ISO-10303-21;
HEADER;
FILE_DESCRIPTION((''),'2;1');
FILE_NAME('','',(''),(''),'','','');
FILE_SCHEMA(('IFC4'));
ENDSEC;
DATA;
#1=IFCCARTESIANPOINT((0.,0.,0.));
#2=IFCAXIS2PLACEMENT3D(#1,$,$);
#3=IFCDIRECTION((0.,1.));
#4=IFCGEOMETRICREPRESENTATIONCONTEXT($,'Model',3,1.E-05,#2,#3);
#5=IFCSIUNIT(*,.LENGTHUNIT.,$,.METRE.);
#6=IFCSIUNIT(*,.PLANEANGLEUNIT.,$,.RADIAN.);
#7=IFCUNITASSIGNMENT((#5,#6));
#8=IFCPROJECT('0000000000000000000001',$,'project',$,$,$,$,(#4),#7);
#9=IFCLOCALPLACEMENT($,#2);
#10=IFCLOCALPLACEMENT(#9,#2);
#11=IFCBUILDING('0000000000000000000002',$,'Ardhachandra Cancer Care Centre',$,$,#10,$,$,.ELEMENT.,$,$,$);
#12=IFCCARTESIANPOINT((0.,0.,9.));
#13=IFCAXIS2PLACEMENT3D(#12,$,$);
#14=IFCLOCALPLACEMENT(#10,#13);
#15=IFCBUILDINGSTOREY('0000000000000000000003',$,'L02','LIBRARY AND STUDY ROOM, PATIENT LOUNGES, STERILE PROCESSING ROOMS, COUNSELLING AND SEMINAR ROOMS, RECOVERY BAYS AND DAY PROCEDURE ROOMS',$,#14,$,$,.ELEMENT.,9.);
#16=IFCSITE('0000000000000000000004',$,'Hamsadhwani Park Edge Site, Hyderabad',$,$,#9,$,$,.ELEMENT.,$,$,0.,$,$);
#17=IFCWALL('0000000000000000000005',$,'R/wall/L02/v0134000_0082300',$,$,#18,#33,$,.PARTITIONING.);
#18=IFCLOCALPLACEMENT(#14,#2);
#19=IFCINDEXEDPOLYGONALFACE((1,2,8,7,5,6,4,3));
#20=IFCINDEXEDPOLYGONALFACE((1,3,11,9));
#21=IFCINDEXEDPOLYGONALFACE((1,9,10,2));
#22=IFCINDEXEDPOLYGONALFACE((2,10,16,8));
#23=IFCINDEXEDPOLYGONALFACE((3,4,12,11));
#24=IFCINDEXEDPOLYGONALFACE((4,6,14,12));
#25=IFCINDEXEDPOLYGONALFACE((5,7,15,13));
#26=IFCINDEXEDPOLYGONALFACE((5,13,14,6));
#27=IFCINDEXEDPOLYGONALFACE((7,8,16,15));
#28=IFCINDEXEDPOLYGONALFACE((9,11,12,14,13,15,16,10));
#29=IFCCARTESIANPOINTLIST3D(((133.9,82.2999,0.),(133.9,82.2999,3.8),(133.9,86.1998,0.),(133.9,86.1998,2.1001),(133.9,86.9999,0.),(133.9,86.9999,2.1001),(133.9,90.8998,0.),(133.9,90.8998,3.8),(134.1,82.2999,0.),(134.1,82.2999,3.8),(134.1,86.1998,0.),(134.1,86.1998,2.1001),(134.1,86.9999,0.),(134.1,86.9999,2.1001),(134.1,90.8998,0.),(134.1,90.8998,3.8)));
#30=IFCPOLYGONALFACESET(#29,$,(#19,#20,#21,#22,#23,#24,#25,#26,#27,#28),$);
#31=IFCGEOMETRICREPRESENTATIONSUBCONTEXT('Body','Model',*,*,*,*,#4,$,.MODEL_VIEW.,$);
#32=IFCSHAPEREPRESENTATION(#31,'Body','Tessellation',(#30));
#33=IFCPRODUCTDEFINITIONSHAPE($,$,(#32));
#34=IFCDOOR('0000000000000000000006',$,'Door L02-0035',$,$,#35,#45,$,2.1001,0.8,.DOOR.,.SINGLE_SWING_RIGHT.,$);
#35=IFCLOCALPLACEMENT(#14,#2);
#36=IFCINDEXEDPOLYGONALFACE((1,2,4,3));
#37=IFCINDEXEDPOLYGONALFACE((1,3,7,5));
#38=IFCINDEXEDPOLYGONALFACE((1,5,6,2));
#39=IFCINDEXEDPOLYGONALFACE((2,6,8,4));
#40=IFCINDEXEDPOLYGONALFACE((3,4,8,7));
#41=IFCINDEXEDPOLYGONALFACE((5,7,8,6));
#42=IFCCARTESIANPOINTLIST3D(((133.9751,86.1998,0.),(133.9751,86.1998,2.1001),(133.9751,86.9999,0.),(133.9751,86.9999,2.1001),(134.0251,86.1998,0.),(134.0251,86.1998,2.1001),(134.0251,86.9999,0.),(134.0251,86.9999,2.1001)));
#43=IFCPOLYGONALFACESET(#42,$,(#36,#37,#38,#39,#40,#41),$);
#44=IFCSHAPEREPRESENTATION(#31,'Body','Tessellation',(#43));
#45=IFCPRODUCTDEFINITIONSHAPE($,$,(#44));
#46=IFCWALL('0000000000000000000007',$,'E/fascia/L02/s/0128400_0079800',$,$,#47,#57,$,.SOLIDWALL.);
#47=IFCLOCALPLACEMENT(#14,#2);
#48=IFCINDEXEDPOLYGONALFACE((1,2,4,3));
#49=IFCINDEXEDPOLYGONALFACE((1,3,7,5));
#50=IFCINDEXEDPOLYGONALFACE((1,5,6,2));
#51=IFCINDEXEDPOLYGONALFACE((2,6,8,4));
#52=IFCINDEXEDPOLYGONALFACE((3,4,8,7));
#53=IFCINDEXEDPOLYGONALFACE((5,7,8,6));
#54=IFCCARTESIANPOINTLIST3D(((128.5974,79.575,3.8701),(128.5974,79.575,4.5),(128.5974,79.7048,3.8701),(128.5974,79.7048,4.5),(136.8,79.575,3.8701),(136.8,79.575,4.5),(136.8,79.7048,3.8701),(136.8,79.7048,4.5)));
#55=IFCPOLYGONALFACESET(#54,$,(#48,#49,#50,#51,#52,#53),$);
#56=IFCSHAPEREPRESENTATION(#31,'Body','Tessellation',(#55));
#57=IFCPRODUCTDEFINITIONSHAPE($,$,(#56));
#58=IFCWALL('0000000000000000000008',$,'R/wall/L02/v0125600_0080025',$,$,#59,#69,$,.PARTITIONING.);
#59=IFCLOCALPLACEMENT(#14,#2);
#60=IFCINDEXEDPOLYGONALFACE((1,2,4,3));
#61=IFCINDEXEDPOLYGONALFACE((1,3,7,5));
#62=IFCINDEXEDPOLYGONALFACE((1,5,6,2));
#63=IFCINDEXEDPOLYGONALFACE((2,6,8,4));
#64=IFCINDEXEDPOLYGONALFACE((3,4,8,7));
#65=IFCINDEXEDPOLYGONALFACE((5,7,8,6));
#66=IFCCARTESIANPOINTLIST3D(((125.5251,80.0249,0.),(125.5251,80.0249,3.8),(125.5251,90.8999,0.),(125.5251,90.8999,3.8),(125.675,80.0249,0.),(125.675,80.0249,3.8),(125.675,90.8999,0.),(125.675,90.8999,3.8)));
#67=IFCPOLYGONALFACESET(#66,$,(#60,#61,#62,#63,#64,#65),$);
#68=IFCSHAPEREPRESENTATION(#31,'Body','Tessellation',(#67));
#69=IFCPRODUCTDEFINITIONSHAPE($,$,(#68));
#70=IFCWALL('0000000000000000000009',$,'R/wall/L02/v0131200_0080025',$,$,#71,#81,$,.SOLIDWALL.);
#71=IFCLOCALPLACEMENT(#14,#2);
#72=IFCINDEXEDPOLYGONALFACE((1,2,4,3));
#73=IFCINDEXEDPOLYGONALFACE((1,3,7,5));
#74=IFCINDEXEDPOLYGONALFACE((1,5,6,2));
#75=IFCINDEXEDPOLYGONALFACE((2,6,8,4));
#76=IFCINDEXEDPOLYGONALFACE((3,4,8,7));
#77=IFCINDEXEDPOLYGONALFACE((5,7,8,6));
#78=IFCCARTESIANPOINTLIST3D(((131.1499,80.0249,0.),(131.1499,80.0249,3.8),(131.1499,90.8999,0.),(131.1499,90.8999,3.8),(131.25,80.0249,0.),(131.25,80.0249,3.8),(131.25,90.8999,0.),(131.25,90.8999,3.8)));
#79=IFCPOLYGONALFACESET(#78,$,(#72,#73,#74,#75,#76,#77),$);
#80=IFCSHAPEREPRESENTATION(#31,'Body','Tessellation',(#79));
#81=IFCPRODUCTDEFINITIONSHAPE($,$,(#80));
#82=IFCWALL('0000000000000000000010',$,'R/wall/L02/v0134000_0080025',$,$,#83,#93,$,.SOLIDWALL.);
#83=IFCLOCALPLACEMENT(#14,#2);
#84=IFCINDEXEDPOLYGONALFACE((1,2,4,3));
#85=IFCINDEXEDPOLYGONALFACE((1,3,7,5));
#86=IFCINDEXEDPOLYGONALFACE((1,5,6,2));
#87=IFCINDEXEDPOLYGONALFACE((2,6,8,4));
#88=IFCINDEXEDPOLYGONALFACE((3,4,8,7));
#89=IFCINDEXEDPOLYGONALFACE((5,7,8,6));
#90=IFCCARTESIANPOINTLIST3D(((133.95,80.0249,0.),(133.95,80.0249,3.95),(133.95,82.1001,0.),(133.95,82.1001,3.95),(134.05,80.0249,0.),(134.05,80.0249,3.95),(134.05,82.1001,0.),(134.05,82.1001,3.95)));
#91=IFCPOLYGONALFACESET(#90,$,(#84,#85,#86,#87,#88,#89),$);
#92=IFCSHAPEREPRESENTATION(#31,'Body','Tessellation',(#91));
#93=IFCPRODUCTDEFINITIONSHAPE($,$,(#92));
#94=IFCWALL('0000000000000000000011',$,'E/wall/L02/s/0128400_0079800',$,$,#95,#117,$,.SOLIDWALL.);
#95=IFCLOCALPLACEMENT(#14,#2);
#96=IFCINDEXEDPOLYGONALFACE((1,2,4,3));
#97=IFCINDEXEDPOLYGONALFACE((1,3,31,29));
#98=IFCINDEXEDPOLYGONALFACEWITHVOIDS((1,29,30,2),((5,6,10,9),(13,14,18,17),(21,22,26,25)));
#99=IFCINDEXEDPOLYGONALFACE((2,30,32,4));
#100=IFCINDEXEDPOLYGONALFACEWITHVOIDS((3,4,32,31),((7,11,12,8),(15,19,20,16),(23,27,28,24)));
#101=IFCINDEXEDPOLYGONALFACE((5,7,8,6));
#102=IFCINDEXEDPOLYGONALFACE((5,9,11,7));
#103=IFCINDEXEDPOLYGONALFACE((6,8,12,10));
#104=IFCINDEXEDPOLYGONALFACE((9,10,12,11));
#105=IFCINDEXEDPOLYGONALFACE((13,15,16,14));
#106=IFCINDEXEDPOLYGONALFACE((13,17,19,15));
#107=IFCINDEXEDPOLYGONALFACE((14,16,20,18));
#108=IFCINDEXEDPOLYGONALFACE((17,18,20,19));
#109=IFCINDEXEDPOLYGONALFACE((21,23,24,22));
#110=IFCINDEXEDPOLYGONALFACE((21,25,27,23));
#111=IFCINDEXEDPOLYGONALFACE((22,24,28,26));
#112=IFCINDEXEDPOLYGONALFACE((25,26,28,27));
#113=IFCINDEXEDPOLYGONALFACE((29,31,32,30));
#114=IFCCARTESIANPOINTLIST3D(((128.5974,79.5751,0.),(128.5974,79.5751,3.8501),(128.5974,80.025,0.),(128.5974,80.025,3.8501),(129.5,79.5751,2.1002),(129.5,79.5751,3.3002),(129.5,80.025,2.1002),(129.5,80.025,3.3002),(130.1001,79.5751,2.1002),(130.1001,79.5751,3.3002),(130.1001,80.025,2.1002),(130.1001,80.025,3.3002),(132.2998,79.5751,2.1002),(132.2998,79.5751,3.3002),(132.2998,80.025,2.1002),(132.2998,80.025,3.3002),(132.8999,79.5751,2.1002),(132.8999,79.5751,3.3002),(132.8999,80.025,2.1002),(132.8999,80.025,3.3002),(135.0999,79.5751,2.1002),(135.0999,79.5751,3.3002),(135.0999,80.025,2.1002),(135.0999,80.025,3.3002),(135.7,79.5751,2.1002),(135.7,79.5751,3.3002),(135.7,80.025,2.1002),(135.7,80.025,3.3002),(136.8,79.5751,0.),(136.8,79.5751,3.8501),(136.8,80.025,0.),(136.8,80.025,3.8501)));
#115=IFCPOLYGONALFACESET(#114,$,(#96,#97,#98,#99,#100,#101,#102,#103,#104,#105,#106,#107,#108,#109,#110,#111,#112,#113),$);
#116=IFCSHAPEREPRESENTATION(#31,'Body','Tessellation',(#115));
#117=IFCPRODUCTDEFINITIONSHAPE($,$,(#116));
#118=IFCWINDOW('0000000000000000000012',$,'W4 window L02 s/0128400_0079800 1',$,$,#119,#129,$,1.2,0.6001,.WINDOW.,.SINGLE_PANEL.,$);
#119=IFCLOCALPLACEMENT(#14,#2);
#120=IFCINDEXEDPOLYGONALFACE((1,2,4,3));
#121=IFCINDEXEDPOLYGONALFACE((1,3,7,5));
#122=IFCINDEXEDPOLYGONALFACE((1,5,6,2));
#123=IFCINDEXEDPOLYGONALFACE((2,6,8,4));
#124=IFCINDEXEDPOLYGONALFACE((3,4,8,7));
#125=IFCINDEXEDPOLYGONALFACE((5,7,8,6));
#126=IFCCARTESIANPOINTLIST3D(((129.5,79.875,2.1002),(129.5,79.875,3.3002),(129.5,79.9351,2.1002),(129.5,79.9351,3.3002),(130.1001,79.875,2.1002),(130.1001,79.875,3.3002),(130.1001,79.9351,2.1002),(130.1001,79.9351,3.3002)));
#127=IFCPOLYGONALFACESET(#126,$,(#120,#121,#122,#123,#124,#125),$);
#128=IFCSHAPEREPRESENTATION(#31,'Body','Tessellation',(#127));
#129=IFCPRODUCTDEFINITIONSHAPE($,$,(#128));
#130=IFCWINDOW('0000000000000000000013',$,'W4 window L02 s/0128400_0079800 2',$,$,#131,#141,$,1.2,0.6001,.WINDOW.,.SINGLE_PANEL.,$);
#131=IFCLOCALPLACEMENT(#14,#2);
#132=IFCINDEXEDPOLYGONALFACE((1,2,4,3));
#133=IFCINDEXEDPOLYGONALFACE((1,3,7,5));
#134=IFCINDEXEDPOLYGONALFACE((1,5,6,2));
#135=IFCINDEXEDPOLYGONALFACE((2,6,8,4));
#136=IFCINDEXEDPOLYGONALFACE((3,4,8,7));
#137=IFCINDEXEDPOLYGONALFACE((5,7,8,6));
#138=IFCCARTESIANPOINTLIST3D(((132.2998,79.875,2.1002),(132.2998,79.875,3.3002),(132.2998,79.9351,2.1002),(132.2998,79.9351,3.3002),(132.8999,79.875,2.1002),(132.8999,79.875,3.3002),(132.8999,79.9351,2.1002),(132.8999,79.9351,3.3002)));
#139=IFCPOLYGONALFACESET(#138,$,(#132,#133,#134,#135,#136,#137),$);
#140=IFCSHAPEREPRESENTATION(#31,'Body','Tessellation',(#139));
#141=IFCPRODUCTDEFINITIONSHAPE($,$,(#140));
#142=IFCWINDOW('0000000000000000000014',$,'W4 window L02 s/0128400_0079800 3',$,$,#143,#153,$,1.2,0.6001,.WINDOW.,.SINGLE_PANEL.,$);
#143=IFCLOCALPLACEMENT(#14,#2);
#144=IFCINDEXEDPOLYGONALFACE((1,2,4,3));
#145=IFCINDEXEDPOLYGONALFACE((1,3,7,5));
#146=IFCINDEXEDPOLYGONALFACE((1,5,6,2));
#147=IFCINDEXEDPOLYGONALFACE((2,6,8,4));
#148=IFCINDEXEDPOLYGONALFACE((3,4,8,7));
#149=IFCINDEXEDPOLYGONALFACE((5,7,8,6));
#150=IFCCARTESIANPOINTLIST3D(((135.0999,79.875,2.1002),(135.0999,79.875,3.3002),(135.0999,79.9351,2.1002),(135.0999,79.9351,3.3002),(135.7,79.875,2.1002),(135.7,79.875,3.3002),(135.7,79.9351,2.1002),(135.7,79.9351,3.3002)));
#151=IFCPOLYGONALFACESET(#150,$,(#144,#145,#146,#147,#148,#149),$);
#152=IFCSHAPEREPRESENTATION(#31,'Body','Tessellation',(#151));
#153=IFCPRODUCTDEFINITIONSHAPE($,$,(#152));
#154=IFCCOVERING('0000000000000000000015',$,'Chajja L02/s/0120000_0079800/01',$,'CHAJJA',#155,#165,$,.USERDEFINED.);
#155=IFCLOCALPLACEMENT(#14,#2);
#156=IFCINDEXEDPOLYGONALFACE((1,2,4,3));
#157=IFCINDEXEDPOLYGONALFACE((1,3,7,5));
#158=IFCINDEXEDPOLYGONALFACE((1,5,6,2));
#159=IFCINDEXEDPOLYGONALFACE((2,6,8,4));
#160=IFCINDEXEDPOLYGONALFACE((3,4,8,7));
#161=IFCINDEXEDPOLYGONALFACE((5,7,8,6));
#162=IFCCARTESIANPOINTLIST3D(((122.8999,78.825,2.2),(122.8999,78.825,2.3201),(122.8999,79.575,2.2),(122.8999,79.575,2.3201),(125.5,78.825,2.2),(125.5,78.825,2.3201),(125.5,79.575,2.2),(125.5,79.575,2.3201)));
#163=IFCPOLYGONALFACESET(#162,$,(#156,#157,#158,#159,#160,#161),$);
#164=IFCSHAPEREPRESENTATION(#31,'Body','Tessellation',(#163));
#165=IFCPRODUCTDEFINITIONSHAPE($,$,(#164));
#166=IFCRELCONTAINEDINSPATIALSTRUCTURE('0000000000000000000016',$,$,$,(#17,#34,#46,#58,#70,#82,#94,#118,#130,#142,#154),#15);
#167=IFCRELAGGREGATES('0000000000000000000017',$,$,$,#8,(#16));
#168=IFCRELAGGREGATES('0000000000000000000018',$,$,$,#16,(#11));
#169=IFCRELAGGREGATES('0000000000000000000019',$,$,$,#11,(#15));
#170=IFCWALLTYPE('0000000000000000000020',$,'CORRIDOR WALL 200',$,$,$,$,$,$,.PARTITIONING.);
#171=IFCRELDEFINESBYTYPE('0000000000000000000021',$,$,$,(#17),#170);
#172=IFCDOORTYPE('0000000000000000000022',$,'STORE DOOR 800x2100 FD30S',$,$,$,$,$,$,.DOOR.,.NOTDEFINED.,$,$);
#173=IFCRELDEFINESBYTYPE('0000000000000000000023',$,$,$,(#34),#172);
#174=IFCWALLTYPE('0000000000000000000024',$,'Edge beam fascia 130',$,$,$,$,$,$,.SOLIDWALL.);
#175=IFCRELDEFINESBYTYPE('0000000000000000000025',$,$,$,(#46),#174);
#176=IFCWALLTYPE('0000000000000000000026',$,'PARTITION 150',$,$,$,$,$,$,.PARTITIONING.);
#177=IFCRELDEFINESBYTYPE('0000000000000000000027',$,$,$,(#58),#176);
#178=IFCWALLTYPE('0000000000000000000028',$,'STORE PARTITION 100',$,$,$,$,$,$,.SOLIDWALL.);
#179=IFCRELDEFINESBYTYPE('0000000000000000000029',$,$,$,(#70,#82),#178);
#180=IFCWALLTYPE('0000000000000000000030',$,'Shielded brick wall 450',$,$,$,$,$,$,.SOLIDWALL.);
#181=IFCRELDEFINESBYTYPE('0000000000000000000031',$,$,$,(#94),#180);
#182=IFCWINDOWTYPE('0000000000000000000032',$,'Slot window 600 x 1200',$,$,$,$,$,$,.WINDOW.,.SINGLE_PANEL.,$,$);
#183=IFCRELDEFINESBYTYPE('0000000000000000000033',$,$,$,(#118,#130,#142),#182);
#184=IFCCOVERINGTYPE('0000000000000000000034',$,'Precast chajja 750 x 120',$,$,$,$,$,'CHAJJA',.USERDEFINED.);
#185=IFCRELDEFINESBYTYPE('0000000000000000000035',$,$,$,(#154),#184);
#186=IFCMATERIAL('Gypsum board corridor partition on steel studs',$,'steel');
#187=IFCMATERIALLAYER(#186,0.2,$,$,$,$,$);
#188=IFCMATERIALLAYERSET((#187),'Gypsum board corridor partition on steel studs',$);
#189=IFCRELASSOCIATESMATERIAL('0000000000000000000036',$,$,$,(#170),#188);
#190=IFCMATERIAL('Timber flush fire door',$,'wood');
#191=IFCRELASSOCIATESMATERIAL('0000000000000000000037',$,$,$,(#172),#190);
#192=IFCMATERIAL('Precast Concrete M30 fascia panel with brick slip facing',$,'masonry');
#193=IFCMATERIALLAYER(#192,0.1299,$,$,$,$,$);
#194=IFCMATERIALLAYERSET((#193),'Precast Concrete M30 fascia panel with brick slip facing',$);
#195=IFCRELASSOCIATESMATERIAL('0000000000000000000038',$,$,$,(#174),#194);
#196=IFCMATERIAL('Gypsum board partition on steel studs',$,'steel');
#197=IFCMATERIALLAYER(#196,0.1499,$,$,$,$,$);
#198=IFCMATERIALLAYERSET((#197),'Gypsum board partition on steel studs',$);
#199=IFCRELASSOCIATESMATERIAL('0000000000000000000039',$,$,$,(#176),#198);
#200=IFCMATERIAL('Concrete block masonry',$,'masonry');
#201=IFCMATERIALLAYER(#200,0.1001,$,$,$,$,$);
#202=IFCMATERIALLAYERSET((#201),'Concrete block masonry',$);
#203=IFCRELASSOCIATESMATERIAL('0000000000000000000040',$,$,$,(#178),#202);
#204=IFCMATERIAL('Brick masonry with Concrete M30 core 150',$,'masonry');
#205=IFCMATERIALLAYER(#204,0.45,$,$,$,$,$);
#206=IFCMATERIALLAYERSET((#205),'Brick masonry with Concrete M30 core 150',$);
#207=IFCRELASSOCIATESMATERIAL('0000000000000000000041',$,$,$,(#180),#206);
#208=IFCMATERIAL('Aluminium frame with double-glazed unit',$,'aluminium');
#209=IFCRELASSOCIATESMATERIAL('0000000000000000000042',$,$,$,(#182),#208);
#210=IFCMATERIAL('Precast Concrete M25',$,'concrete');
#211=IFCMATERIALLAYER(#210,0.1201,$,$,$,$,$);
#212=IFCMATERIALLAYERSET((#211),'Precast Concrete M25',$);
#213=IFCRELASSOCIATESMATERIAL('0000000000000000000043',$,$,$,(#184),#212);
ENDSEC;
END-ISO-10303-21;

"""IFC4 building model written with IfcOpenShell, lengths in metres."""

from ifc_helpers import new_model, si_unit, direction, frame, frame_2d, origin, origin_2d, place, context, subcontext, project, spatial, rectangle, extrude, material, layer, layer_set, type_object, element, fill, save


model = new_model("IFC4")

# Units and contexts
model_context = context("Model", 3, precision=1e-05, world=origin(), true_north=direction((0.0, 1.0)))
body_context = subcontext(model_context, "Body", "Model", "MODEL_VIEW")
ifc_project = project(units=[si_unit("LENGTHUNIT", "METRE"), si_unit("PLANEANGLEUNIT", "RADIAN")], contexts=[model_context])

# Site, building, storey
site_placement = place(None, origin())
site = spatial("IfcSite", under=ifc_project, at=site_placement, Name="Hamsadhwani Park Edge Site, Hyderabad", CompositionType="ELEMENT", RefElevation=0.0)
building_placement = place(site_placement, origin())
building = spatial("IfcBuilding", under=site, at=building_placement, Name="Ardhachandra Cancer Care Centre", CompositionType="ELEMENT")
storey_placement = place(building_placement, frame((0.0, 0.0, 9.0)))
storey = spatial("IfcBuildingStorey", under=building, at=storey_placement, Name="L02", Description="LIBRARY AND STUDY ROOM, PATIENT LOUNGES, STERILE PROCESSING ROOMS, COUNSELLING AND SEMINAR ROOMS, RECOVERY BAYS AND DAY PROCEDURE ROOMS", CompositionType="ELEMENT", Elevation=9.0)

# Wall, opening, door
ifc_material_1 = material(Name="Gypsum board corridor partition on steel studs", Category="steel")
ifc_layer_1 = layer(ifc_material_1, 0.2)
ifc_layer_set_1 = layer_set([ifc_layer_1], Name="Gypsum board corridor partition on steel studs")
wall_type_1 = type_object("IfcWallType", Name="CORRIDOR WALL 200", PredefinedType="PARTITIONING", material=ifc_layer_set_1)
ifc_material_2 = material(Name="Timber flush fire door", Category="wood")
door_type = type_object("IfcDoorType", Name="STORE DOOR 800x2100 FD30S", OperationType="NOTDEFINED", PredefinedType="DOOR", material=ifc_material_2)
wall_1_placement = place(storey_placement, frame((134.0, 82.3, 0.0), z_axis=(0.0, 0.0, 1.0), x_axis=(0.0, 1.0, 0.0)))
wall_1 = element("IfcWall", 1, at=wall_1_placement, inside=storey, type_object=wall_type_1, Name="R/wall/L02/v0134000_0082300", PredefinedType="PARTITIONING", context=body_context, shape_type="SweptSolid", body=[
    extrude(rectangle(XDim=8.5999, YDim=0.2, at=frame_2d((4.2998, 0.0))), origin(), (0.0, 0.0, 1.0), 3.8),
])
opening_1_placement = place(wall_1_placement, frame((3.8999, 0.0, 0.0)))
opening_1 = element("IfcOpeningElement", 2, at=opening_1_placement, cuts=wall_1, PredefinedType="OPENING", context=body_context, shape_type="SweptSolid", body=[
    extrude(rectangle(XDim=0.8, YDim=2.1001, at=frame_2d((0.3999, 1.05))), frame((0.0, 0.1099, 0.0), z_axis=(0.0, -1.0, 0.0), x_axis=(1.0, 0.0, 0.0)), (0.0, 0.0, 1.0), 0.22),
])
door_1_placement = place(opening_1_placement, origin())
door_1 = element("IfcDoor", 3, at=door_1_placement, inside=storey, type_object=door_type, Name="Door L02-0035", OperationType="SINGLE_SWING_RIGHT", OverallHeight=2.1001, OverallWidth=0.8, PredefinedType="DOOR", context=body_context, shape_type="SweptSolid", body=[
    extrude(rectangle(XDim=0.8, YDim=2.1001, at=frame_2d((0.3999, 1.05))), frame((0.0, 0.0249, 0.0), z_axis=(0.0, -1.0, 0.0), x_axis=(1.0, 0.0, 0.0)), (0.0, 0.0, 1.0), 0.05),
])
fill(opening_1, door_1)

# Walls
ifc_material_3 = material(Name="Precast Concrete M30 fascia panel with brick slip facing", Category="masonry")
ifc_layer_2 = layer(ifc_material_3, 0.1299)
ifc_layer_set_2 = layer_set([ifc_layer_2], Name="Precast Concrete M30 fascia panel with brick slip facing")
wall_type_2 = type_object("IfcWallType", Name="Edge beam fascia 130", PredefinedType="SOLIDWALL", material=ifc_layer_set_2)
wall_2_placement = place(storey_placement, frame((128.5974, 79.6399, 3.8701), z_axis=(0.0, 0.0, 1.0), x_axis=(1.0, 0.0, 0.0)))
element("IfcWall", 4, at=wall_2_placement, inside=storey, type_object=wall_type_2, Name="E/fascia/L02/s/0128400_0079800", PredefinedType="SOLIDWALL", context=body_context, shape_type="SweptSolid", body=[
    extrude(rectangle(XDim=8.2026, YDim=0.1299, at=frame_2d((4.1013, 0.0))), origin(), (0.0, 0.0, 1.0), 0.6299),
])
ifc_material_4 = material(Name="Gypsum board partition on steel studs", Category="steel")
ifc_layer_3 = layer(ifc_material_4, 0.1499)
ifc_layer_set_3 = layer_set([ifc_layer_3], Name="Gypsum board partition on steel studs")
wall_type_3 = type_object("IfcWallType", Name="PARTITION 150", PredefinedType="PARTITIONING", material=ifc_layer_set_3)
wall_3_placement = place(storey_placement, frame((125.6001, 80.0249, 0.0), z_axis=(0.0, 0.0, 1.0), x_axis=(0.0, 1.0, 0.0)))
element("IfcWall", 5, at=wall_3_placement, inside=storey, type_object=wall_type_3, Name="R/wall/L02/v0125600_0080025", PredefinedType="PARTITIONING", context=body_context, shape_type="SweptSolid", body=[
    extrude(rectangle(XDim=10.875, YDim=0.1499, at=frame_2d((5.4375, 0.0))), origin(), (0.0, 0.0, 1.0), 3.8),
])
ifc_material_5 = material(Name="Concrete block masonry", Category="masonry")
ifc_layer_4 = layer(ifc_material_5, 0.1001)
ifc_layer_set_4 = layer_set([ifc_layer_4], Name="Concrete block masonry")
wall_type_4 = type_object("IfcWallType", Name="STORE PARTITION 100", PredefinedType="SOLIDWALL", material=ifc_layer_set_4)
wall_4_placement = place(storey_placement, frame((131.2, 80.0249, 0.0), z_axis=(0.0, 0.0, 1.0), x_axis=(0.0, 1.0, 0.0)))
element("IfcWall", 6, at=wall_4_placement, inside=storey, type_object=wall_type_4, Name="R/wall/L02/v0131200_0080025", PredefinedType="SOLIDWALL", context=body_context, shape_type="SweptSolid", body=[
    extrude(rectangle(XDim=10.875, YDim=0.1001, at=frame_2d((5.4375, 0.0))), origin(), (0.0, 0.0, 1.0), 3.8),
])
wall_5_placement = place(storey_placement, frame((134.0, 80.0249, 0.0), z_axis=(0.0, 0.0, 1.0), x_axis=(0.0, 1.0, 0.0)))
element("IfcWall", 7, at=wall_5_placement, inside=storey, type_object=wall_type_4, Name="R/wall/L02/v0134000_0080025", PredefinedType="SOLIDWALL", context=body_context, shape_type="SweptSolid", body=[
    extrude(rectangle(XDim=2.0752, YDim=0.1001, at=frame_2d((1.0376, 0.0))), origin(), (0.0, 0.0, 1.0), 3.95),
])

# Wall, openings, windows
ifc_material_6 = material(Name="Brick masonry with Concrete M30 core 150", Category="masonry")
ifc_layer_5 = layer(ifc_material_6, 0.45)
ifc_layer_set_5 = layer_set([ifc_layer_5], Name="Brick masonry with Concrete M30 core 150")
wall_type_5 = type_object("IfcWallType", Name="Shielded brick wall 450", PredefinedType="SOLIDWALL", material=ifc_layer_set_5)
wall_6_placement = place(storey_placement, frame((128.5974, 79.8, 0.0), z_axis=(0.0, 0.0, 1.0), x_axis=(1.0, 0.0, 0.0)))
wall_6 = element("IfcWall", 8, at=wall_6_placement, inside=storey, type_object=wall_type_5, Name="E/wall/L02/s/0128400_0079800", PredefinedType="SOLIDWALL", context=body_context, shape_type="SweptSolid", body=[
    extrude(rectangle(XDim=8.2026, YDim=0.45, at=frame_2d((4.1013, 0.0))), origin(), (0.0, 0.0, 1.0), 3.8501),
])
opening_2_placement = place(wall_6_placement, frame((0.9026, 0.0, 2.1001)))
opening_2 = element("IfcOpeningElement", 9, at=opening_2_placement, cuts=wall_6, PredefinedType="OPENING", context=body_context, shape_type="SweptSolid", body=[
    extrude(rectangle(XDim=0.6001, YDim=1.2, at=frame_2d((0.3, 0.6001))), frame((0.0, 0.2349, 0.0), z_axis=(0.0, -1.0, 0.0), x_axis=(1.0, 0.0, 0.0)), (0.0, 0.0, 1.0), 0.47),
])
opening_3_placement = place(wall_6_placement, frame((3.7024, 0.0, 2.1001)))
opening_3 = element("IfcOpeningElement", 10, at=opening_3_placement, cuts=wall_6, PredefinedType="OPENING", context=body_context, shape_type="SweptSolid", body=[
    extrude(rectangle(XDim=0.6001, YDim=1.2, at=frame_2d((0.3, 0.6001))), frame((0.0, 0.2349, 0.0), z_axis=(0.0, -1.0, 0.0), x_axis=(1.0, 0.0, 0.0)), (0.0, 0.0, 1.0), 0.47),
])
opening_4_placement = place(wall_6_placement, frame((6.5024, 0.0, 2.1001)))
opening_4 = element("IfcOpeningElement", 11, at=opening_4_placement, cuts=wall_6, PredefinedType="OPENING", context=body_context, shape_type="SweptSolid", body=[
    extrude(rectangle(XDim=0.6001, YDim=1.2, at=frame_2d((0.3, 0.6001))), frame((0.0, 0.2349, 0.0), z_axis=(0.0, -1.0, 0.0), x_axis=(1.0, 0.0, 0.0)), (0.0, 0.0, 1.0), 0.47),
])
ifc_material_7 = material(Name="Aluminium frame with double-glazed unit", Category="aluminium")
window_type = type_object("IfcWindowType", Name="Slot window 600 x 1200", PartitioningType="SINGLE_PANEL", PredefinedType="WINDOW", material=ifc_material_7)
window_1_placement = place(opening_2_placement, origin())
window_1 = element("IfcWindow", 12, at=window_1_placement, inside=storey, type_object=window_type, Name="W4 window L02 s/0128400_0079800 1", OverallHeight=1.2, OverallWidth=0.6001, PartitioningType="SINGLE_PANEL", PredefinedType="WINDOW", context=body_context, shape_type="SweptSolid", body=[
    extrude(rectangle(XDim=0.6001, YDim=1.2, at=frame_2d((0.3, 0.6001))), frame((0.0, 0.135, 0.0), z_axis=(0.0, -1.0, 0.0), x_axis=(1.0, 0.0, 0.0)), (0.0, 0.0, 1.0), 0.0601),
])
fill(opening_2, window_1)
window_2_placement = place(opening_3_placement, origin())
window_2 = element("IfcWindow", 13, at=window_2_placement, inside=storey, type_object=window_type, Name="W4 window L02 s/0128400_0079800 2", OverallHeight=1.2, OverallWidth=0.6001, PartitioningType="SINGLE_PANEL", PredefinedType="WINDOW", context=body_context, shape_type="SweptSolid", body=[
    extrude(rectangle(XDim=0.6001, YDim=1.2, at=frame_2d((0.3, 0.6001))), frame((0.0, 0.135, 0.0), z_axis=(0.0, -1.0, 0.0), x_axis=(1.0, 0.0, 0.0)), (0.0, 0.0, 1.0), 0.0601),
])
fill(opening_3, window_2)
window_3_placement = place(opening_4_placement, origin())
window_3 = element("IfcWindow", 14, at=window_3_placement, inside=storey, type_object=window_type, Name="W4 window L02 s/0128400_0079800 3", OverallHeight=1.2, OverallWidth=0.6001, PartitioningType="SINGLE_PANEL", PredefinedType="WINDOW", context=body_context, shape_type="SweptSolid", body=[
    extrude(rectangle(XDim=0.6001, YDim=1.2, at=frame_2d((0.3, 0.6001))), frame((0.0, 0.135, 0.0), z_axis=(0.0, -1.0, 0.0), x_axis=(1.0, 0.0, 0.0)), (0.0, 0.0, 1.0), 0.0601),
])
fill(opening_4, window_3)

# Covering
ifc_material_8 = material(Name="Precast Concrete M25", Category="concrete")
ifc_layer_6 = layer(ifc_material_8, 0.1201)
ifc_layer_set_6 = layer_set([ifc_layer_6], Name="Precast Concrete M25")
covering_type_1 = type_object("IfcCoveringType", Name="Precast chajja 750 x 120", ElementType="CHAJJA", PredefinedType="USERDEFINED", material=ifc_layer_set_6)
covering_1_placement = place(storey_placement, frame((124.2, 79.2, 2.2), z_axis=(0.0, 0.0, 1.0), x_axis=(1.0, 0.0, 0.0)))
element("IfcCovering", 15, at=covering_1_placement, inside=storey, type_object=covering_type_1, Name="Chajja L02/s/0120000_0079800/01", ObjectType="CHAJJA", PredefinedType="USERDEFINED", context=body_context, shape_type="SweptSolid", body=[
    extrude(rectangle(XDim=2.6001, YDim=0.75, at=origin_2d()), origin(), (0.0, 0.0, 1.0), 0.1201),
])

save(model, "model.ifc")
